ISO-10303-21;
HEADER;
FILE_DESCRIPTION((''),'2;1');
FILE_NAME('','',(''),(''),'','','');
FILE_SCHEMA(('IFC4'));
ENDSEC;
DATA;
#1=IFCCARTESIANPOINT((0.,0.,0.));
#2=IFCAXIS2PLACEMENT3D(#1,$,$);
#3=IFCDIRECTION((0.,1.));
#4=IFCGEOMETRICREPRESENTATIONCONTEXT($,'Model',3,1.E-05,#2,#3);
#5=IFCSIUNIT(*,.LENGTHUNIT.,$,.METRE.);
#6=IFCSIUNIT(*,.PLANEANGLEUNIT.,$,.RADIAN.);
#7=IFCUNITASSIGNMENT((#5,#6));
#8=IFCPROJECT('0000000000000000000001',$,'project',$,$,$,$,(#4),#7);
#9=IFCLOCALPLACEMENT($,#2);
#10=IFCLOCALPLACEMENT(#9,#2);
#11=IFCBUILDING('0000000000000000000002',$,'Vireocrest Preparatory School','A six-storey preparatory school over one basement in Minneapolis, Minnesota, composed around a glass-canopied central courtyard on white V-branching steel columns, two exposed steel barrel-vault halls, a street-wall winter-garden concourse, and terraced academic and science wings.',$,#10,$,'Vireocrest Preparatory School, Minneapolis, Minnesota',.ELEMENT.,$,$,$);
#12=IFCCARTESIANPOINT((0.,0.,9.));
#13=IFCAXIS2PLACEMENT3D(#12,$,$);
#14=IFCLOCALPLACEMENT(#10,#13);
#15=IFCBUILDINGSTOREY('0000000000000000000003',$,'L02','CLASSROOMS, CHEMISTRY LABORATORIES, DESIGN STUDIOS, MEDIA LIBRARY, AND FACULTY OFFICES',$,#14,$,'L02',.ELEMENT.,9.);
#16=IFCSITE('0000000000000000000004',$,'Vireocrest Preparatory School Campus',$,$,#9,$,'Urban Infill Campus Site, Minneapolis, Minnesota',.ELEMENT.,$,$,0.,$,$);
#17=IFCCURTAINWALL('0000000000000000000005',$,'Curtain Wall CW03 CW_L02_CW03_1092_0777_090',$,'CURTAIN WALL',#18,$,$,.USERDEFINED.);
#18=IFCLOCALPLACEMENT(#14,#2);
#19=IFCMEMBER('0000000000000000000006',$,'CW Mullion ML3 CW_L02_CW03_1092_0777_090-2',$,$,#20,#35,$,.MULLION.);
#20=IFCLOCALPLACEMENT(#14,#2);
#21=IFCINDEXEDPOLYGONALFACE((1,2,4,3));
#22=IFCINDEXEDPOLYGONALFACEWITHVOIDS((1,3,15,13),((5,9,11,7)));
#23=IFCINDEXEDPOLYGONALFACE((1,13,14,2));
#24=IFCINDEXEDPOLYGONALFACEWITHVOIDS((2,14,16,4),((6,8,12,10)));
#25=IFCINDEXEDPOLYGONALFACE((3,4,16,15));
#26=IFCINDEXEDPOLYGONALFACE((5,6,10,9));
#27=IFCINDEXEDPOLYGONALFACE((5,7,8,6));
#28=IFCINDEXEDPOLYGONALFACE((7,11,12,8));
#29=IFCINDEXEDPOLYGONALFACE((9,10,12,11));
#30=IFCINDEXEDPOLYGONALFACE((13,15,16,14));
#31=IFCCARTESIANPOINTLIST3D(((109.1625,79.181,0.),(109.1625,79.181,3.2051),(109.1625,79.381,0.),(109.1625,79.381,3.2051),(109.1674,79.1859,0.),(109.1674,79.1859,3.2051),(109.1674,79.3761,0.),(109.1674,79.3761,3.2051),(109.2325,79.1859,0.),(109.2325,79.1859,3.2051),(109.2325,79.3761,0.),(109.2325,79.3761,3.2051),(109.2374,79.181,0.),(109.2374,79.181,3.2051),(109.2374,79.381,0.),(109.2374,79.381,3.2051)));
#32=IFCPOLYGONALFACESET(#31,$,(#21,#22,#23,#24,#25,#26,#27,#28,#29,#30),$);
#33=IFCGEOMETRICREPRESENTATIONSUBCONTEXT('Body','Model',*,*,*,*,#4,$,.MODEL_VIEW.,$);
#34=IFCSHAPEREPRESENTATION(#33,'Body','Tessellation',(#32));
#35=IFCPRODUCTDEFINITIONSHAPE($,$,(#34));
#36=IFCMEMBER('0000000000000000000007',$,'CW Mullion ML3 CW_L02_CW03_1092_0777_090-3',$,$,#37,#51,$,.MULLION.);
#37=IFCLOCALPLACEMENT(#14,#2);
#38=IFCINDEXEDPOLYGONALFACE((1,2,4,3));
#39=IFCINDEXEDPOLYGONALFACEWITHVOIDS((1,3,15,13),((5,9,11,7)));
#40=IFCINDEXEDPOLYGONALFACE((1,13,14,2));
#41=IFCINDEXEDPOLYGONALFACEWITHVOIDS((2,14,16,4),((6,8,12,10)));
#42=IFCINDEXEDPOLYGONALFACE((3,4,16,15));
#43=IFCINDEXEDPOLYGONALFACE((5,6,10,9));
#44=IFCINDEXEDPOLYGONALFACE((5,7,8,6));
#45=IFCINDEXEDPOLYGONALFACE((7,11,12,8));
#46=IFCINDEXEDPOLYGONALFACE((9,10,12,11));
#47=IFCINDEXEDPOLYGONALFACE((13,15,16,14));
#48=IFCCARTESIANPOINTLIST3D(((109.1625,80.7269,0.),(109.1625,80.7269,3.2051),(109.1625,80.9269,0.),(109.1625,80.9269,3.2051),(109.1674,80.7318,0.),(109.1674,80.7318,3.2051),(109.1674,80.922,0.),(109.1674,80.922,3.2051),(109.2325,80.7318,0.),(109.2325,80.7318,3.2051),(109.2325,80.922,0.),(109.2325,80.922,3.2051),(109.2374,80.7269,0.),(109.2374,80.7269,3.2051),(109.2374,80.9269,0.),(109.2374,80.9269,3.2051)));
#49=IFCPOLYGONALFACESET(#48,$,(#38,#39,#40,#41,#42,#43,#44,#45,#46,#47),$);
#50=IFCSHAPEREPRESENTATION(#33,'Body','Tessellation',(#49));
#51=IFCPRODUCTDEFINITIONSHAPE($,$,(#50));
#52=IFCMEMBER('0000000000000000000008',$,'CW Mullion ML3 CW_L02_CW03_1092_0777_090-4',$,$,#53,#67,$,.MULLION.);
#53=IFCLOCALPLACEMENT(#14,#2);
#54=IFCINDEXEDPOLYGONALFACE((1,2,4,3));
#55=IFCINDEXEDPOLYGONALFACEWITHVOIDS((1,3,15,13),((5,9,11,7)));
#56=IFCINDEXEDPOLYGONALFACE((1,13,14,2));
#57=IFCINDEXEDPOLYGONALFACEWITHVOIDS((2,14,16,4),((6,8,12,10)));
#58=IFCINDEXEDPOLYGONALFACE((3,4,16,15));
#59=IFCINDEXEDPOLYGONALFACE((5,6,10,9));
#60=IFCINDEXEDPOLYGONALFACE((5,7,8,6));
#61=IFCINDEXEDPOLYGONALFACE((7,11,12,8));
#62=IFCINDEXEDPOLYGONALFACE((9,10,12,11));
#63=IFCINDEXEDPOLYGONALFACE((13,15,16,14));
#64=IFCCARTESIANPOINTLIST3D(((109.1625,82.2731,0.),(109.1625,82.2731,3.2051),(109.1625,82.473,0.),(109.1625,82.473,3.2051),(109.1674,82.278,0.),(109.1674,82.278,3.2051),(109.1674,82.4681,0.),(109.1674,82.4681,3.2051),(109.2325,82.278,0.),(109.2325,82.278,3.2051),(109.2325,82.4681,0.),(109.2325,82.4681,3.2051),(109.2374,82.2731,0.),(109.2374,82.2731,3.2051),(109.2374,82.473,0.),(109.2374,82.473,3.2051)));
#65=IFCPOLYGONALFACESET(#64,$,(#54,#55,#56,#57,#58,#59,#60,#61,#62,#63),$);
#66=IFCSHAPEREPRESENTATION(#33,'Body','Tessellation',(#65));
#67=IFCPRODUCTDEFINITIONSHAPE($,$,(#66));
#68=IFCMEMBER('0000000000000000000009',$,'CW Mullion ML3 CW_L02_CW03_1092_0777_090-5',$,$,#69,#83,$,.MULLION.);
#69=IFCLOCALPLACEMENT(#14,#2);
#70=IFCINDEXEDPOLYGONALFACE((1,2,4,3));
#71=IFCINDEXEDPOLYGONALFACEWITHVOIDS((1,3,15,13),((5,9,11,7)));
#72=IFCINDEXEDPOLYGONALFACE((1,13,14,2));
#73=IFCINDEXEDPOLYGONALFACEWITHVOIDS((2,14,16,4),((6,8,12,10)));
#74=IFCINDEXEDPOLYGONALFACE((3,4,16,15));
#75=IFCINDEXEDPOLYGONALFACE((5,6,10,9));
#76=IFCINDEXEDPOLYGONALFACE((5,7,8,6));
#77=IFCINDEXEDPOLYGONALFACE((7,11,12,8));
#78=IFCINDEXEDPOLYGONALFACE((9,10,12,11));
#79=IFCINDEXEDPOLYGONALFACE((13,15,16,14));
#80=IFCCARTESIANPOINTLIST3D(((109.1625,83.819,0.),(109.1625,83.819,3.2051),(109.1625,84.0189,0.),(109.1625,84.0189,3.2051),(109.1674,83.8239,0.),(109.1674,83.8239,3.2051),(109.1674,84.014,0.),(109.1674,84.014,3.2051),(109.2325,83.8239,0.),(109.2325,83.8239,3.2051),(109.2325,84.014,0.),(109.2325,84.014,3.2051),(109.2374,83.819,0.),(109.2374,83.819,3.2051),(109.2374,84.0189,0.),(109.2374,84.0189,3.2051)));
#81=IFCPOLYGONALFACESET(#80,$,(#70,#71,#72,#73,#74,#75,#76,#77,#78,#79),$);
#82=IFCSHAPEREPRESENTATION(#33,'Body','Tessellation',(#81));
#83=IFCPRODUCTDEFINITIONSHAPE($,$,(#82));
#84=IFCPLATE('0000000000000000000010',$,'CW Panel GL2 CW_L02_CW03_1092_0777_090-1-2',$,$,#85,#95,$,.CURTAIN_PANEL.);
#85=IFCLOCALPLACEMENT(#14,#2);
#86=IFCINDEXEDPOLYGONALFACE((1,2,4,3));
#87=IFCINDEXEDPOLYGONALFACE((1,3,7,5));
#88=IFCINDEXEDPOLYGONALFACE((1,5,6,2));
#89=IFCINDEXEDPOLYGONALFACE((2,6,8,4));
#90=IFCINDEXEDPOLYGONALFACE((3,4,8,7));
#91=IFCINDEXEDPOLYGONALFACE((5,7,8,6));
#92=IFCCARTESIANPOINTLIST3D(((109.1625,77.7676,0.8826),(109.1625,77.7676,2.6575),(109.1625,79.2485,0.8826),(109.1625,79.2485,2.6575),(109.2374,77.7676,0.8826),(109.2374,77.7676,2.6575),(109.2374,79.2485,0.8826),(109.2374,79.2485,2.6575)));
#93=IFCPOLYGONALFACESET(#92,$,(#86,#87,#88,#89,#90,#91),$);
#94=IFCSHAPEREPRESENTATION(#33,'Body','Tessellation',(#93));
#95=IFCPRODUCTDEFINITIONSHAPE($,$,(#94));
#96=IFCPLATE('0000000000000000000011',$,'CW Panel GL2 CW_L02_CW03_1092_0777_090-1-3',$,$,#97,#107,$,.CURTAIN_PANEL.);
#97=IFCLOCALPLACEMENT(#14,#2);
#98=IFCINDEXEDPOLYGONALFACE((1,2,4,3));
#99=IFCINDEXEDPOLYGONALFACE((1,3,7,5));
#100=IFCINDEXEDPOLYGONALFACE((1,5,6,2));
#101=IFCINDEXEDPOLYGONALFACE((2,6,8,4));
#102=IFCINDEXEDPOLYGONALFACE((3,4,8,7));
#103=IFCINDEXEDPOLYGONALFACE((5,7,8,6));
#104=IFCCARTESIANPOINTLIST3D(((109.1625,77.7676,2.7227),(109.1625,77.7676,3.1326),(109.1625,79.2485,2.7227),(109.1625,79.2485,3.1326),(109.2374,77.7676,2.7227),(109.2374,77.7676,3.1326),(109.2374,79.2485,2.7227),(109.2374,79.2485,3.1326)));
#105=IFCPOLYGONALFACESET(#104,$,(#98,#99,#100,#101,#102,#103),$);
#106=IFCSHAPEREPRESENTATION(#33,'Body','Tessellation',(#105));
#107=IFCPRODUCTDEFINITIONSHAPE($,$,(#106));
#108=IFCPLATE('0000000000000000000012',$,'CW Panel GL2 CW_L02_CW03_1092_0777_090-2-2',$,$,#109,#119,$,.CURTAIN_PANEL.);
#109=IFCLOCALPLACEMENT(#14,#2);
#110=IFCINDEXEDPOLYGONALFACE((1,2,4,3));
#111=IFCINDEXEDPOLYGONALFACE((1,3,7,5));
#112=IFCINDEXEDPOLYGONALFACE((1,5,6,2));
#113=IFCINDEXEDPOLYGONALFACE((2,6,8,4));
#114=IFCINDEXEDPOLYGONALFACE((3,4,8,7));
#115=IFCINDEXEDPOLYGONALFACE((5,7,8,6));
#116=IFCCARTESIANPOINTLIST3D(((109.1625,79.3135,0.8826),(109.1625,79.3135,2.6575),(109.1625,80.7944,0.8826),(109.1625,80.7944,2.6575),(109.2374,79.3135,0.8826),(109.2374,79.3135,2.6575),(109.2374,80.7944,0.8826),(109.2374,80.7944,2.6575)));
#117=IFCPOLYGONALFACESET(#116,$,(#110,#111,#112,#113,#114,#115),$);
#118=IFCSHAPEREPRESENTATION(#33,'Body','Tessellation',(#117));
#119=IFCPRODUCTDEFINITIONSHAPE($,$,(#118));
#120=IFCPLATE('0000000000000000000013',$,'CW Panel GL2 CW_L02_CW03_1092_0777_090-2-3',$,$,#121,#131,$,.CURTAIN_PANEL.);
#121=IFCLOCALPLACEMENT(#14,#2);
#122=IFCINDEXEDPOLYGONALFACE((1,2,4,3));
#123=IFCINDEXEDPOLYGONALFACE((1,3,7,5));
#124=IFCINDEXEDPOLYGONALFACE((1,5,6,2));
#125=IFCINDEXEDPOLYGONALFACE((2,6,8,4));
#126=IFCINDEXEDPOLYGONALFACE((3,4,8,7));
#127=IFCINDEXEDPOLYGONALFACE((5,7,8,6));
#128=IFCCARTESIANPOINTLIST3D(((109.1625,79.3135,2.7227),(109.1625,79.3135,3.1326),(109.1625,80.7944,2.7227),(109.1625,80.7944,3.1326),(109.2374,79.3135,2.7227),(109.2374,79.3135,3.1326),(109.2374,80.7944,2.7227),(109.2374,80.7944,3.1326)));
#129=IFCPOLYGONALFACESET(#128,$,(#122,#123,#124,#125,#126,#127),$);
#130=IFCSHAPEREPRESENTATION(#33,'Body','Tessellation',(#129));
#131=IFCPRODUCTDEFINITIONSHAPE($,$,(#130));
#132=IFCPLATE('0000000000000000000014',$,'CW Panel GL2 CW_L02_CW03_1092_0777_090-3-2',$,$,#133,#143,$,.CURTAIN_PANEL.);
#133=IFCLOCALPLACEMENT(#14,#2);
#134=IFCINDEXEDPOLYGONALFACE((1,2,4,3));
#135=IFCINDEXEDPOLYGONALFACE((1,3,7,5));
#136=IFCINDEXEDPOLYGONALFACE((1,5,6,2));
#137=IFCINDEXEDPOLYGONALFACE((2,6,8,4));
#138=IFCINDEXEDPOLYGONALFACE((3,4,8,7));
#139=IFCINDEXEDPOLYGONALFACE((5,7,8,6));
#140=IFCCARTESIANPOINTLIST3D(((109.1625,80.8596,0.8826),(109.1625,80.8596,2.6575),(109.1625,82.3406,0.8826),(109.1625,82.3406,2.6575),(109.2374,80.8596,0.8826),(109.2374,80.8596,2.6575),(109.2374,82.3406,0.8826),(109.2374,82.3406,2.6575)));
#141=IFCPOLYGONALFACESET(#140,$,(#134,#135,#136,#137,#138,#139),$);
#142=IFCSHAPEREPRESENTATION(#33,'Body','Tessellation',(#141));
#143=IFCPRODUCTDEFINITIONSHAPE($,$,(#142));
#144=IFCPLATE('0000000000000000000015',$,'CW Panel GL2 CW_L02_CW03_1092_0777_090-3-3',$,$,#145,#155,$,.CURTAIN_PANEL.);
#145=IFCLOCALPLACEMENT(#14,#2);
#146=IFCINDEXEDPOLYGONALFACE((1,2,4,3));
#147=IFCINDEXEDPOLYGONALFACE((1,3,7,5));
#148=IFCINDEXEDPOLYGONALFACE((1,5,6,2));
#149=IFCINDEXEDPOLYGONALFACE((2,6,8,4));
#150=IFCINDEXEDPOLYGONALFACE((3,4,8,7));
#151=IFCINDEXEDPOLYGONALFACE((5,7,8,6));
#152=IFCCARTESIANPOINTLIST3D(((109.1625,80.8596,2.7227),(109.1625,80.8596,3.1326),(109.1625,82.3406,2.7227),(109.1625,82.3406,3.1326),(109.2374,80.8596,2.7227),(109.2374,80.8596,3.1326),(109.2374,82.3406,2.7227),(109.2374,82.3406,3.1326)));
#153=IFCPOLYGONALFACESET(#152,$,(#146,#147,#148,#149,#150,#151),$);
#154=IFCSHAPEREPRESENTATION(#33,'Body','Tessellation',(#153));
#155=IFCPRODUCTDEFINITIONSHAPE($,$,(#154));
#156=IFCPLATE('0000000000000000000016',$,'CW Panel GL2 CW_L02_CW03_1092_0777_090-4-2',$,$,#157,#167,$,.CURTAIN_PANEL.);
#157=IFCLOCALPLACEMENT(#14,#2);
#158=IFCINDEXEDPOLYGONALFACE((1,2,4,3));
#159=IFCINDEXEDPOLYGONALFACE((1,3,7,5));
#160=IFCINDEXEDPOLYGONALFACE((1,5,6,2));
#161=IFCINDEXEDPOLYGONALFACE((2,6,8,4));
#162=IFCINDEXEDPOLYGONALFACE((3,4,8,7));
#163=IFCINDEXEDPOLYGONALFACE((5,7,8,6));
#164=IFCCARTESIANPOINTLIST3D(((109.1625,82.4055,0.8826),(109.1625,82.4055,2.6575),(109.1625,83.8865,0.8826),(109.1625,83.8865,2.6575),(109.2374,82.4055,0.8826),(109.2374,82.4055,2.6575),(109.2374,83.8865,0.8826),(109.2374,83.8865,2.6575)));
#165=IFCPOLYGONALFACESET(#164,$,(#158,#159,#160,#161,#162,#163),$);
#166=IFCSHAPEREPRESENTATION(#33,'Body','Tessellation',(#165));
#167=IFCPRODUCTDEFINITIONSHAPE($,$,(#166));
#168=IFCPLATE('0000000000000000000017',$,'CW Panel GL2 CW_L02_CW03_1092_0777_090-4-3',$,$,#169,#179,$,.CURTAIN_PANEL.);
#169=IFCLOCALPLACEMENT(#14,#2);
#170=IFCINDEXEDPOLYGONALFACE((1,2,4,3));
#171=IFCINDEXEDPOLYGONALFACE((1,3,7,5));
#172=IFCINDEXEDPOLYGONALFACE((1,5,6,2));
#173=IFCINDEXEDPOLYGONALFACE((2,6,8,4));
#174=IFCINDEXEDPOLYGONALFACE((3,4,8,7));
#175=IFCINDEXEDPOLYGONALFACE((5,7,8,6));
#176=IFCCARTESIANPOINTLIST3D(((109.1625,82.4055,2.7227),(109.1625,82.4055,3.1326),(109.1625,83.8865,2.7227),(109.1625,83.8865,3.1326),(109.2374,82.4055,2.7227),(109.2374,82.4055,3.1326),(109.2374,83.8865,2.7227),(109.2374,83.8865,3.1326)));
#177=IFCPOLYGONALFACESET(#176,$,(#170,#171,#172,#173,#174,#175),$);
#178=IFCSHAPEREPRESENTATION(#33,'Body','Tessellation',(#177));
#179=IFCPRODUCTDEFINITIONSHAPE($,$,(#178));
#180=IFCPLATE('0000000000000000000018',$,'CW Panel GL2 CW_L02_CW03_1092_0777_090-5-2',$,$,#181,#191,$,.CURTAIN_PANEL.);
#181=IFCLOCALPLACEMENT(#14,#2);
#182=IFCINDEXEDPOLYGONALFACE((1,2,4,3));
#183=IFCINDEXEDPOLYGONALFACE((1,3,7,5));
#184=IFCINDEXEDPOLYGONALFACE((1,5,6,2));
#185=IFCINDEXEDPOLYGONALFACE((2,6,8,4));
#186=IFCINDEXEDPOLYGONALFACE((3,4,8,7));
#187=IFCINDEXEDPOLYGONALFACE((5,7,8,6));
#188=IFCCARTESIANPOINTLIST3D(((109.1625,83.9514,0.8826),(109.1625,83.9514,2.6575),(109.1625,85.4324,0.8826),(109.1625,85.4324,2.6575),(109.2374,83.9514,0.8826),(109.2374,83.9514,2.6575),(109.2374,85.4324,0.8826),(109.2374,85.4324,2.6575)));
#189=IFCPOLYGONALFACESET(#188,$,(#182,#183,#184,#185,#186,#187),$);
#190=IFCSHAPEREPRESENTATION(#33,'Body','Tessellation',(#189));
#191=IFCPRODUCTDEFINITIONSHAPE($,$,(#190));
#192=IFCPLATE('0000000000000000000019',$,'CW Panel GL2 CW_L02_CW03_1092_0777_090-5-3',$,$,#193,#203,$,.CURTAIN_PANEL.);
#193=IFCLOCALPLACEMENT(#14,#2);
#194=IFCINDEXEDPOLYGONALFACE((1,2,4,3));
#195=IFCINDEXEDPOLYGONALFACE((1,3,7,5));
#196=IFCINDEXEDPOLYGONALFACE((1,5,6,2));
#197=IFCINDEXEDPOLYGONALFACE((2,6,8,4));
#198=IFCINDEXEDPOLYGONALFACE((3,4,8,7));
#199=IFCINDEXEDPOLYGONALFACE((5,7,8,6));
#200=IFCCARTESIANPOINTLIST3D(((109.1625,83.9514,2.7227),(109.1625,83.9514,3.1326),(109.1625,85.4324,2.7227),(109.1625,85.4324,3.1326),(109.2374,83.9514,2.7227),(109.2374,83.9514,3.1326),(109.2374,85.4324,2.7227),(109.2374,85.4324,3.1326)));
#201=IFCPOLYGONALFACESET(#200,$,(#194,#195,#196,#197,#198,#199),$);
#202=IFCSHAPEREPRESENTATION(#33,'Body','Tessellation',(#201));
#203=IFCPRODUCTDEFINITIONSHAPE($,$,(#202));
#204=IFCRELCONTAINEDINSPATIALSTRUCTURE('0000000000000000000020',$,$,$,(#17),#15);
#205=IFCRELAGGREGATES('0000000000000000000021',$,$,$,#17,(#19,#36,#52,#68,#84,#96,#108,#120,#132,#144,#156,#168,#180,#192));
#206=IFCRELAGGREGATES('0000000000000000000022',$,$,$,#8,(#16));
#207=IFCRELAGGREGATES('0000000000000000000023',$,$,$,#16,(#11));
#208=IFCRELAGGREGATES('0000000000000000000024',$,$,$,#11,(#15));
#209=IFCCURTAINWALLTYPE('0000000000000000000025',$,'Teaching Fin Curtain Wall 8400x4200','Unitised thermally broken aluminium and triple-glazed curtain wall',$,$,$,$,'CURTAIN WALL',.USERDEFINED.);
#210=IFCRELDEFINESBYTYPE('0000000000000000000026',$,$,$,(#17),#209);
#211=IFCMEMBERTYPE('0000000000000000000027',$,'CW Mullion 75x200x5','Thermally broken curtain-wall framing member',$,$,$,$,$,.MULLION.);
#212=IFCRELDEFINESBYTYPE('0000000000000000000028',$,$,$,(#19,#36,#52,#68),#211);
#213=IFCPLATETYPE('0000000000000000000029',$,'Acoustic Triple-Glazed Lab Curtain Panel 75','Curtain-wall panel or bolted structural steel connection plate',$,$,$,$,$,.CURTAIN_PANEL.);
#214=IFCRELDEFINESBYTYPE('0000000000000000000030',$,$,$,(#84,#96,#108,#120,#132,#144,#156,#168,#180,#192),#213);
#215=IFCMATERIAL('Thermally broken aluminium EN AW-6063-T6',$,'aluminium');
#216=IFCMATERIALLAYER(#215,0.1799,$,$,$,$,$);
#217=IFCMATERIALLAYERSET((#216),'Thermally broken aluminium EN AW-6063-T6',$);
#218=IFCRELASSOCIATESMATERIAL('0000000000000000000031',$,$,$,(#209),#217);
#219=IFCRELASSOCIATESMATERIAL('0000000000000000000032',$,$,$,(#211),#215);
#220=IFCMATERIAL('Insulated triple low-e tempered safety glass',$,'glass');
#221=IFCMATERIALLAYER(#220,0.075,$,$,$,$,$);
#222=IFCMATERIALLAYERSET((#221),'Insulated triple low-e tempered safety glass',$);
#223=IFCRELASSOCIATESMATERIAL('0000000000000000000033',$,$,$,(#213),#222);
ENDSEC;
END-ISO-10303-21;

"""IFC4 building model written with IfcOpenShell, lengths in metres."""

from ifc_helpers import new_model, si_unit, direction, frame, origin, origin_2d, place, context, subcontext, project, spatial, rectangle, hollow_rectangle, extrude, material, layer, layer_set, material_profile, profile_set, type_object, element, aggregate, save


model = new_model("IFC4")

# Units and contexts
model_context = context("Model", 3, precision=1e-05, world=origin(), true_north=direction((0.0, 1.0)))
body_context = subcontext(model_context, "Body", "Model", "MODEL_VIEW")
ifc_project = project(units=[si_unit("LENGTHUNIT", "METRE"), si_unit("PLANEANGLEUNIT", "RADIAN")], contexts=[model_context])

# Site, building, storey
site_placement = place(None, origin())
site = spatial("IfcSite", under=ifc_project, at=site_placement, Name="Vireocrest Preparatory School Campus", LongName="Urban Infill Campus Site, Minneapolis, Minnesota", CompositionType="ELEMENT", RefElevation=0.0)
building_placement = place(site_placement, origin())
building = spatial("IfcBuilding", under=site, at=building_placement, Name="Vireocrest Preparatory School", Description="A six-storey preparatory school over one basement in Minneapolis, Minnesota, composed around a glass-canopied central courtyard on white V-branching steel columns, two exposed steel barrel-vault halls, a street-wall winter-garden concourse, and terraced academic and science wings.", LongName="Vireocrest Preparatory School, Minneapolis, Minnesota", CompositionType="ELEMENT")
storey_placement = place(building_placement, frame((0.0, 0.0, 9.0)))
storey = spatial("IfcBuildingStorey", under=building, at=storey_placement, Name="L02", Description="CLASSROOMS, CHEMISTRY LABORATORIES, DESIGN STUDIOS, MEDIA LIBRARY, AND FACULTY OFFICES", LongName="L02", CompositionType="ELEMENT", Elevation=9.0)

# Curtain wall, members, plates
ifc_material_1 = material(Name="Thermally broken aluminium EN AW-6063-T6", Category="aluminium")
ifc_layer_1 = layer(ifc_material_1, 0.1799)
ifc_layer_set_1 = layer_set([ifc_layer_1], Name="Thermally broken aluminium EN AW-6063-T6")
curtain_wall_type = type_object("IfcCurtainWallType", Name="Teaching Fin Curtain Wall 8400x4200", Description="Unitised thermally broken aluminium and triple-glazed curtain wall", ElementType="CURTAIN WALL", PredefinedType="USERDEFINED", material=ifc_layer_set_1)
curtain_wall_placement = place(storey_placement, origin())
curtain_wall = element("IfcCurtainWall", 1, at=curtain_wall_placement, inside=storey, type_object=curtain_wall_type, Name="Curtain Wall CW03 CW_L02_CW03_1092_0777_090", ObjectType="CURTAIN WALL", PredefinedType="USERDEFINED")
ifc_material_profile_1 = material_profile(ifc_material_1, hollow_rectangle(XDim=0.075, YDim=0.2, WallThickness=0.0049, at=origin_2d()), Name="ALU 75x200x5")
ifc_profile_set_1 = profile_set([ifc_material_profile_1], Name="Thermally broken aluminium EN AW-6063-T6")
member_type = type_object("IfcMemberType", Name="CW Mullion 75x200x5", Description="Thermally broken curtain-wall framing member", PredefinedType="MULLION", material=ifc_profile_set_1)
member_1_placement = place(storey_placement, frame((109.2, 79.281, 0.0), z_axis=(0.0, 0.0, 1.0), x_axis=(1.0, 0.0, 0.0)))
member_1 = element("IfcMember", 2, at=member_1_placement, type_object=member_type, Name="CW Mullion ML3 CW_L02_CW03_1092_0777_090-2", PredefinedType="MULLION", context=body_context, shape_type="SweptSolid", body=[
    extrude(hollow_rectangle(XDim=0.075, YDim=0.2, WallThickness=0.0049, at=origin_2d()), origin(), (0.0, 0.0, 1.0), 3.2051),
])
member_2_placement = place(storey_placement, frame((109.2, 80.8269, 0.0), z_axis=(0.0, 0.0, 1.0), x_axis=(1.0, 0.0, 0.0)))
member_2 = element("IfcMember", 3, at=member_2_placement, type_object=member_type, Name="CW Mullion ML3 CW_L02_CW03_1092_0777_090-3", PredefinedType="MULLION", context=body_context, shape_type="SweptSolid", body=[
    extrude(hollow_rectangle(XDim=0.075, YDim=0.2, WallThickness=0.0049, at=origin_2d()), origin(), (0.0, 0.0, 1.0), 3.2051),
])
member_3_placement = place(storey_placement, frame((109.2, 82.373, 0.0), z_axis=(0.0, 0.0, 1.0), x_axis=(1.0, 0.0, 0.0)))
member_3 = element("IfcMember", 4, at=member_3_placement, type_object=member_type, Name="CW Mullion ML3 CW_L02_CW03_1092_0777_090-4", PredefinedType="MULLION", context=body_context, shape_type="SweptSolid", body=[
    extrude(hollow_rectangle(XDim=0.075, YDim=0.2, WallThickness=0.0049, at=origin_2d()), origin(), (0.0, 0.0, 1.0), 3.2051),
])
member_4_placement = place(storey_placement, frame((109.2, 83.9189, 0.0), z_axis=(0.0, 0.0, 1.0), x_axis=(1.0, 0.0, 0.0)))
member_4 = element("IfcMember", 5, at=member_4_placement, type_object=member_type, Name="CW Mullion ML3 CW_L02_CW03_1092_0777_090-5", PredefinedType="MULLION", context=body_context, shape_type="SweptSolid", body=[
    extrude(hollow_rectangle(XDim=0.075, YDim=0.2, WallThickness=0.0049, at=origin_2d()), origin(), (0.0, 0.0, 1.0), 3.2051),
])
ifc_material_2 = material(Name="Insulated triple low-e tempered safety glass", Category="glass")
ifc_layer_2 = layer(ifc_material_2, 0.075)
ifc_layer_set_2 = layer_set([ifc_layer_2], Name="Insulated triple low-e tempered safety glass")
plate_type_1 = type_object("IfcPlateType", Name="Acoustic Triple-Glazed Lab Curtain Panel 75", Description="Curtain-wall panel or bolted structural steel connection plate", PredefinedType="CURTAIN_PANEL", material=ifc_layer_set_2)
plate_1_placement = place(storey_placement, frame((109.2, 78.5081, 0.8826), z_axis=(0.0, 0.0, 1.0), x_axis=(0.0, 1.0, 0.0)))
plate_1 = element("IfcPlate", 6, at=plate_1_placement, type_object=plate_type_1, Name="CW Panel GL2 CW_L02_CW03_1092_0777_090-1-2", PredefinedType="CURTAIN_PANEL", context=body_context, shape_type="SweptSolid", body=[
    extrude(rectangle(XDim=1.481, YDim=0.075, at=origin_2d()), origin(), (0.0, 0.0, 1.0), 1.7749),
])
plate_2_placement = place(storey_placement, frame((109.2, 78.5081, 2.7227), z_axis=(0.0, 0.0, 1.0), x_axis=(0.0, 1.0, 0.0)))
plate_2 = element("IfcPlate", 7, at=plate_2_placement, type_object=plate_type_1, Name="CW Panel GL2 CW_L02_CW03_1092_0777_090-1-3", PredefinedType="CURTAIN_PANEL", context=body_context, shape_type="SweptSolid", body=[
    extrude(rectangle(XDim=1.481, YDim=0.075, at=origin_2d()), origin(), (0.0, 0.0, 1.0), 0.4099),
])
plate_3_placement = place(storey_placement, frame((109.2, 80.054, 0.8826), z_axis=(0.0, 0.0, 1.0), x_axis=(0.0, 1.0, 0.0)))
plate_3 = element("IfcPlate", 8, at=plate_3_placement, type_object=plate_type_1, Name="CW Panel GL2 CW_L02_CW03_1092_0777_090-2-2", PredefinedType="CURTAIN_PANEL", context=body_context, shape_type="SweptSolid", body=[
    extrude(rectangle(XDim=1.481, YDim=0.075, at=origin_2d()), origin(), (0.0, 0.0, 1.0), 1.7749),
])
plate_4_placement = place(storey_placement, frame((109.2, 80.054, 2.7227), z_axis=(0.0, 0.0, 1.0), x_axis=(0.0, 1.0, 0.0)))
plate_4 = element("IfcPlate", 9, at=plate_4_placement, type_object=plate_type_1, Name="CW Panel GL2 CW_L02_CW03_1092_0777_090-2-3", PredefinedType="CURTAIN_PANEL", context=body_context, shape_type="SweptSolid", body=[
    extrude(rectangle(XDim=1.481, YDim=0.075, at=origin_2d()), origin(), (0.0, 0.0, 1.0), 0.4099),
])
plate_5_placement = place(storey_placement, frame((109.2, 81.6001, 0.8826), z_axis=(0.0, 0.0, 1.0), x_axis=(0.0, 1.0, 0.0)))
plate_5 = element("IfcPlate", 10, at=plate_5_placement, type_object=plate_type_1, Name="CW Panel GL2 CW_L02_CW03_1092_0777_090-3-2", PredefinedType="CURTAIN_PANEL", context=body_context, shape_type="SweptSolid", body=[
    extrude(rectangle(XDim=1.481, YDim=0.075, at=origin_2d()), origin(), (0.0, 0.0, 1.0), 1.7749),
])
plate_6_placement = place(storey_placement, frame((109.2, 81.6001, 2.7227), z_axis=(0.0, 0.0, 1.0), x_axis=(0.0, 1.0, 0.0)))
plate_6 = element("IfcPlate", 11, at=plate_6_placement, type_object=plate_type_1, Name="CW Panel GL2 CW_L02_CW03_1092_0777_090-3-3", PredefinedType="CURTAIN_PANEL", context=body_context, shape_type="SweptSolid", body=[
    extrude(rectangle(XDim=1.481, YDim=0.075, at=origin_2d()), origin(), (0.0, 0.0, 1.0), 0.4099),
])
plate_7_placement = place(storey_placement, frame((109.2, 83.146, 0.8826), z_axis=(0.0, 0.0, 1.0), x_axis=(0.0, 1.0, 0.0)))
plate_7 = element("IfcPlate", 12, at=plate_7_placement, type_object=plate_type_1, Name="CW Panel GL2 CW_L02_CW03_1092_0777_090-4-2", PredefinedType="CURTAIN_PANEL", context=body_context, shape_type="SweptSolid", body=[
    extrude(rectangle(XDim=1.481, YDim=0.075, at=origin_2d()), origin(), (0.0, 0.0, 1.0), 1.7749),
])
plate_8_placement = place(storey_placement, frame((109.2, 83.146, 2.7227), z_axis=(0.0, 0.0, 1.0), x_axis=(0.0, 1.0, 0.0)))
plate_8 = element("IfcPlate", 13, at=plate_8_placement, type_object=plate_type_1, Name="CW Panel GL2 CW_L02_CW03_1092_0777_090-4-3", PredefinedType="CURTAIN_PANEL", context=body_context, shape_type="SweptSolid", body=[
    extrude(rectangle(XDim=1.481, YDim=0.075, at=origin_2d()), origin(), (0.0, 0.0, 1.0), 0.4099),
])
plate_9_placement = place(storey_placement, frame((109.2, 84.6919, 0.8826), z_axis=(0.0, 0.0, 1.0), x_axis=(0.0, 1.0, 0.0)))
plate_9 = element("IfcPlate", 14, at=plate_9_placement, type_object=plate_type_1, Name="CW Panel GL2 CW_L02_CW03_1092_0777_090-5-2", PredefinedType="CURTAIN_PANEL", context=body_context, shape_type="SweptSolid", body=[
    extrude(rectangle(XDim=1.481, YDim=0.075, at=origin_2d()), origin(), (0.0, 0.0, 1.0), 1.7749),
])
plate_10_placement = place(storey_placement, frame((109.2, 84.6919, 2.7227), z_axis=(0.0, 0.0, 1.0), x_axis=(0.0, 1.0, 0.0)))
plate_10 = element("IfcPlate", 15, at=plate_10_placement, type_object=plate_type_1, Name="CW Panel GL2 CW_L02_CW03_1092_0777_090-5-3", PredefinedType="CURTAIN_PANEL", context=body_context, shape_type="SweptSolid", body=[
    extrude(rectangle(XDim=1.481, YDim=0.075, at=origin_2d()), origin(), (0.0, 0.0, 1.0), 0.4099),
])
aggregate(curtain_wall, [member_1, member_2, member_3, member_4, plate_1, plate_2, plate_3, plate_4, plate_5, plate_6, plate_7, plate_8, plate_9, plate_10])

save(model, "model.ifc")
